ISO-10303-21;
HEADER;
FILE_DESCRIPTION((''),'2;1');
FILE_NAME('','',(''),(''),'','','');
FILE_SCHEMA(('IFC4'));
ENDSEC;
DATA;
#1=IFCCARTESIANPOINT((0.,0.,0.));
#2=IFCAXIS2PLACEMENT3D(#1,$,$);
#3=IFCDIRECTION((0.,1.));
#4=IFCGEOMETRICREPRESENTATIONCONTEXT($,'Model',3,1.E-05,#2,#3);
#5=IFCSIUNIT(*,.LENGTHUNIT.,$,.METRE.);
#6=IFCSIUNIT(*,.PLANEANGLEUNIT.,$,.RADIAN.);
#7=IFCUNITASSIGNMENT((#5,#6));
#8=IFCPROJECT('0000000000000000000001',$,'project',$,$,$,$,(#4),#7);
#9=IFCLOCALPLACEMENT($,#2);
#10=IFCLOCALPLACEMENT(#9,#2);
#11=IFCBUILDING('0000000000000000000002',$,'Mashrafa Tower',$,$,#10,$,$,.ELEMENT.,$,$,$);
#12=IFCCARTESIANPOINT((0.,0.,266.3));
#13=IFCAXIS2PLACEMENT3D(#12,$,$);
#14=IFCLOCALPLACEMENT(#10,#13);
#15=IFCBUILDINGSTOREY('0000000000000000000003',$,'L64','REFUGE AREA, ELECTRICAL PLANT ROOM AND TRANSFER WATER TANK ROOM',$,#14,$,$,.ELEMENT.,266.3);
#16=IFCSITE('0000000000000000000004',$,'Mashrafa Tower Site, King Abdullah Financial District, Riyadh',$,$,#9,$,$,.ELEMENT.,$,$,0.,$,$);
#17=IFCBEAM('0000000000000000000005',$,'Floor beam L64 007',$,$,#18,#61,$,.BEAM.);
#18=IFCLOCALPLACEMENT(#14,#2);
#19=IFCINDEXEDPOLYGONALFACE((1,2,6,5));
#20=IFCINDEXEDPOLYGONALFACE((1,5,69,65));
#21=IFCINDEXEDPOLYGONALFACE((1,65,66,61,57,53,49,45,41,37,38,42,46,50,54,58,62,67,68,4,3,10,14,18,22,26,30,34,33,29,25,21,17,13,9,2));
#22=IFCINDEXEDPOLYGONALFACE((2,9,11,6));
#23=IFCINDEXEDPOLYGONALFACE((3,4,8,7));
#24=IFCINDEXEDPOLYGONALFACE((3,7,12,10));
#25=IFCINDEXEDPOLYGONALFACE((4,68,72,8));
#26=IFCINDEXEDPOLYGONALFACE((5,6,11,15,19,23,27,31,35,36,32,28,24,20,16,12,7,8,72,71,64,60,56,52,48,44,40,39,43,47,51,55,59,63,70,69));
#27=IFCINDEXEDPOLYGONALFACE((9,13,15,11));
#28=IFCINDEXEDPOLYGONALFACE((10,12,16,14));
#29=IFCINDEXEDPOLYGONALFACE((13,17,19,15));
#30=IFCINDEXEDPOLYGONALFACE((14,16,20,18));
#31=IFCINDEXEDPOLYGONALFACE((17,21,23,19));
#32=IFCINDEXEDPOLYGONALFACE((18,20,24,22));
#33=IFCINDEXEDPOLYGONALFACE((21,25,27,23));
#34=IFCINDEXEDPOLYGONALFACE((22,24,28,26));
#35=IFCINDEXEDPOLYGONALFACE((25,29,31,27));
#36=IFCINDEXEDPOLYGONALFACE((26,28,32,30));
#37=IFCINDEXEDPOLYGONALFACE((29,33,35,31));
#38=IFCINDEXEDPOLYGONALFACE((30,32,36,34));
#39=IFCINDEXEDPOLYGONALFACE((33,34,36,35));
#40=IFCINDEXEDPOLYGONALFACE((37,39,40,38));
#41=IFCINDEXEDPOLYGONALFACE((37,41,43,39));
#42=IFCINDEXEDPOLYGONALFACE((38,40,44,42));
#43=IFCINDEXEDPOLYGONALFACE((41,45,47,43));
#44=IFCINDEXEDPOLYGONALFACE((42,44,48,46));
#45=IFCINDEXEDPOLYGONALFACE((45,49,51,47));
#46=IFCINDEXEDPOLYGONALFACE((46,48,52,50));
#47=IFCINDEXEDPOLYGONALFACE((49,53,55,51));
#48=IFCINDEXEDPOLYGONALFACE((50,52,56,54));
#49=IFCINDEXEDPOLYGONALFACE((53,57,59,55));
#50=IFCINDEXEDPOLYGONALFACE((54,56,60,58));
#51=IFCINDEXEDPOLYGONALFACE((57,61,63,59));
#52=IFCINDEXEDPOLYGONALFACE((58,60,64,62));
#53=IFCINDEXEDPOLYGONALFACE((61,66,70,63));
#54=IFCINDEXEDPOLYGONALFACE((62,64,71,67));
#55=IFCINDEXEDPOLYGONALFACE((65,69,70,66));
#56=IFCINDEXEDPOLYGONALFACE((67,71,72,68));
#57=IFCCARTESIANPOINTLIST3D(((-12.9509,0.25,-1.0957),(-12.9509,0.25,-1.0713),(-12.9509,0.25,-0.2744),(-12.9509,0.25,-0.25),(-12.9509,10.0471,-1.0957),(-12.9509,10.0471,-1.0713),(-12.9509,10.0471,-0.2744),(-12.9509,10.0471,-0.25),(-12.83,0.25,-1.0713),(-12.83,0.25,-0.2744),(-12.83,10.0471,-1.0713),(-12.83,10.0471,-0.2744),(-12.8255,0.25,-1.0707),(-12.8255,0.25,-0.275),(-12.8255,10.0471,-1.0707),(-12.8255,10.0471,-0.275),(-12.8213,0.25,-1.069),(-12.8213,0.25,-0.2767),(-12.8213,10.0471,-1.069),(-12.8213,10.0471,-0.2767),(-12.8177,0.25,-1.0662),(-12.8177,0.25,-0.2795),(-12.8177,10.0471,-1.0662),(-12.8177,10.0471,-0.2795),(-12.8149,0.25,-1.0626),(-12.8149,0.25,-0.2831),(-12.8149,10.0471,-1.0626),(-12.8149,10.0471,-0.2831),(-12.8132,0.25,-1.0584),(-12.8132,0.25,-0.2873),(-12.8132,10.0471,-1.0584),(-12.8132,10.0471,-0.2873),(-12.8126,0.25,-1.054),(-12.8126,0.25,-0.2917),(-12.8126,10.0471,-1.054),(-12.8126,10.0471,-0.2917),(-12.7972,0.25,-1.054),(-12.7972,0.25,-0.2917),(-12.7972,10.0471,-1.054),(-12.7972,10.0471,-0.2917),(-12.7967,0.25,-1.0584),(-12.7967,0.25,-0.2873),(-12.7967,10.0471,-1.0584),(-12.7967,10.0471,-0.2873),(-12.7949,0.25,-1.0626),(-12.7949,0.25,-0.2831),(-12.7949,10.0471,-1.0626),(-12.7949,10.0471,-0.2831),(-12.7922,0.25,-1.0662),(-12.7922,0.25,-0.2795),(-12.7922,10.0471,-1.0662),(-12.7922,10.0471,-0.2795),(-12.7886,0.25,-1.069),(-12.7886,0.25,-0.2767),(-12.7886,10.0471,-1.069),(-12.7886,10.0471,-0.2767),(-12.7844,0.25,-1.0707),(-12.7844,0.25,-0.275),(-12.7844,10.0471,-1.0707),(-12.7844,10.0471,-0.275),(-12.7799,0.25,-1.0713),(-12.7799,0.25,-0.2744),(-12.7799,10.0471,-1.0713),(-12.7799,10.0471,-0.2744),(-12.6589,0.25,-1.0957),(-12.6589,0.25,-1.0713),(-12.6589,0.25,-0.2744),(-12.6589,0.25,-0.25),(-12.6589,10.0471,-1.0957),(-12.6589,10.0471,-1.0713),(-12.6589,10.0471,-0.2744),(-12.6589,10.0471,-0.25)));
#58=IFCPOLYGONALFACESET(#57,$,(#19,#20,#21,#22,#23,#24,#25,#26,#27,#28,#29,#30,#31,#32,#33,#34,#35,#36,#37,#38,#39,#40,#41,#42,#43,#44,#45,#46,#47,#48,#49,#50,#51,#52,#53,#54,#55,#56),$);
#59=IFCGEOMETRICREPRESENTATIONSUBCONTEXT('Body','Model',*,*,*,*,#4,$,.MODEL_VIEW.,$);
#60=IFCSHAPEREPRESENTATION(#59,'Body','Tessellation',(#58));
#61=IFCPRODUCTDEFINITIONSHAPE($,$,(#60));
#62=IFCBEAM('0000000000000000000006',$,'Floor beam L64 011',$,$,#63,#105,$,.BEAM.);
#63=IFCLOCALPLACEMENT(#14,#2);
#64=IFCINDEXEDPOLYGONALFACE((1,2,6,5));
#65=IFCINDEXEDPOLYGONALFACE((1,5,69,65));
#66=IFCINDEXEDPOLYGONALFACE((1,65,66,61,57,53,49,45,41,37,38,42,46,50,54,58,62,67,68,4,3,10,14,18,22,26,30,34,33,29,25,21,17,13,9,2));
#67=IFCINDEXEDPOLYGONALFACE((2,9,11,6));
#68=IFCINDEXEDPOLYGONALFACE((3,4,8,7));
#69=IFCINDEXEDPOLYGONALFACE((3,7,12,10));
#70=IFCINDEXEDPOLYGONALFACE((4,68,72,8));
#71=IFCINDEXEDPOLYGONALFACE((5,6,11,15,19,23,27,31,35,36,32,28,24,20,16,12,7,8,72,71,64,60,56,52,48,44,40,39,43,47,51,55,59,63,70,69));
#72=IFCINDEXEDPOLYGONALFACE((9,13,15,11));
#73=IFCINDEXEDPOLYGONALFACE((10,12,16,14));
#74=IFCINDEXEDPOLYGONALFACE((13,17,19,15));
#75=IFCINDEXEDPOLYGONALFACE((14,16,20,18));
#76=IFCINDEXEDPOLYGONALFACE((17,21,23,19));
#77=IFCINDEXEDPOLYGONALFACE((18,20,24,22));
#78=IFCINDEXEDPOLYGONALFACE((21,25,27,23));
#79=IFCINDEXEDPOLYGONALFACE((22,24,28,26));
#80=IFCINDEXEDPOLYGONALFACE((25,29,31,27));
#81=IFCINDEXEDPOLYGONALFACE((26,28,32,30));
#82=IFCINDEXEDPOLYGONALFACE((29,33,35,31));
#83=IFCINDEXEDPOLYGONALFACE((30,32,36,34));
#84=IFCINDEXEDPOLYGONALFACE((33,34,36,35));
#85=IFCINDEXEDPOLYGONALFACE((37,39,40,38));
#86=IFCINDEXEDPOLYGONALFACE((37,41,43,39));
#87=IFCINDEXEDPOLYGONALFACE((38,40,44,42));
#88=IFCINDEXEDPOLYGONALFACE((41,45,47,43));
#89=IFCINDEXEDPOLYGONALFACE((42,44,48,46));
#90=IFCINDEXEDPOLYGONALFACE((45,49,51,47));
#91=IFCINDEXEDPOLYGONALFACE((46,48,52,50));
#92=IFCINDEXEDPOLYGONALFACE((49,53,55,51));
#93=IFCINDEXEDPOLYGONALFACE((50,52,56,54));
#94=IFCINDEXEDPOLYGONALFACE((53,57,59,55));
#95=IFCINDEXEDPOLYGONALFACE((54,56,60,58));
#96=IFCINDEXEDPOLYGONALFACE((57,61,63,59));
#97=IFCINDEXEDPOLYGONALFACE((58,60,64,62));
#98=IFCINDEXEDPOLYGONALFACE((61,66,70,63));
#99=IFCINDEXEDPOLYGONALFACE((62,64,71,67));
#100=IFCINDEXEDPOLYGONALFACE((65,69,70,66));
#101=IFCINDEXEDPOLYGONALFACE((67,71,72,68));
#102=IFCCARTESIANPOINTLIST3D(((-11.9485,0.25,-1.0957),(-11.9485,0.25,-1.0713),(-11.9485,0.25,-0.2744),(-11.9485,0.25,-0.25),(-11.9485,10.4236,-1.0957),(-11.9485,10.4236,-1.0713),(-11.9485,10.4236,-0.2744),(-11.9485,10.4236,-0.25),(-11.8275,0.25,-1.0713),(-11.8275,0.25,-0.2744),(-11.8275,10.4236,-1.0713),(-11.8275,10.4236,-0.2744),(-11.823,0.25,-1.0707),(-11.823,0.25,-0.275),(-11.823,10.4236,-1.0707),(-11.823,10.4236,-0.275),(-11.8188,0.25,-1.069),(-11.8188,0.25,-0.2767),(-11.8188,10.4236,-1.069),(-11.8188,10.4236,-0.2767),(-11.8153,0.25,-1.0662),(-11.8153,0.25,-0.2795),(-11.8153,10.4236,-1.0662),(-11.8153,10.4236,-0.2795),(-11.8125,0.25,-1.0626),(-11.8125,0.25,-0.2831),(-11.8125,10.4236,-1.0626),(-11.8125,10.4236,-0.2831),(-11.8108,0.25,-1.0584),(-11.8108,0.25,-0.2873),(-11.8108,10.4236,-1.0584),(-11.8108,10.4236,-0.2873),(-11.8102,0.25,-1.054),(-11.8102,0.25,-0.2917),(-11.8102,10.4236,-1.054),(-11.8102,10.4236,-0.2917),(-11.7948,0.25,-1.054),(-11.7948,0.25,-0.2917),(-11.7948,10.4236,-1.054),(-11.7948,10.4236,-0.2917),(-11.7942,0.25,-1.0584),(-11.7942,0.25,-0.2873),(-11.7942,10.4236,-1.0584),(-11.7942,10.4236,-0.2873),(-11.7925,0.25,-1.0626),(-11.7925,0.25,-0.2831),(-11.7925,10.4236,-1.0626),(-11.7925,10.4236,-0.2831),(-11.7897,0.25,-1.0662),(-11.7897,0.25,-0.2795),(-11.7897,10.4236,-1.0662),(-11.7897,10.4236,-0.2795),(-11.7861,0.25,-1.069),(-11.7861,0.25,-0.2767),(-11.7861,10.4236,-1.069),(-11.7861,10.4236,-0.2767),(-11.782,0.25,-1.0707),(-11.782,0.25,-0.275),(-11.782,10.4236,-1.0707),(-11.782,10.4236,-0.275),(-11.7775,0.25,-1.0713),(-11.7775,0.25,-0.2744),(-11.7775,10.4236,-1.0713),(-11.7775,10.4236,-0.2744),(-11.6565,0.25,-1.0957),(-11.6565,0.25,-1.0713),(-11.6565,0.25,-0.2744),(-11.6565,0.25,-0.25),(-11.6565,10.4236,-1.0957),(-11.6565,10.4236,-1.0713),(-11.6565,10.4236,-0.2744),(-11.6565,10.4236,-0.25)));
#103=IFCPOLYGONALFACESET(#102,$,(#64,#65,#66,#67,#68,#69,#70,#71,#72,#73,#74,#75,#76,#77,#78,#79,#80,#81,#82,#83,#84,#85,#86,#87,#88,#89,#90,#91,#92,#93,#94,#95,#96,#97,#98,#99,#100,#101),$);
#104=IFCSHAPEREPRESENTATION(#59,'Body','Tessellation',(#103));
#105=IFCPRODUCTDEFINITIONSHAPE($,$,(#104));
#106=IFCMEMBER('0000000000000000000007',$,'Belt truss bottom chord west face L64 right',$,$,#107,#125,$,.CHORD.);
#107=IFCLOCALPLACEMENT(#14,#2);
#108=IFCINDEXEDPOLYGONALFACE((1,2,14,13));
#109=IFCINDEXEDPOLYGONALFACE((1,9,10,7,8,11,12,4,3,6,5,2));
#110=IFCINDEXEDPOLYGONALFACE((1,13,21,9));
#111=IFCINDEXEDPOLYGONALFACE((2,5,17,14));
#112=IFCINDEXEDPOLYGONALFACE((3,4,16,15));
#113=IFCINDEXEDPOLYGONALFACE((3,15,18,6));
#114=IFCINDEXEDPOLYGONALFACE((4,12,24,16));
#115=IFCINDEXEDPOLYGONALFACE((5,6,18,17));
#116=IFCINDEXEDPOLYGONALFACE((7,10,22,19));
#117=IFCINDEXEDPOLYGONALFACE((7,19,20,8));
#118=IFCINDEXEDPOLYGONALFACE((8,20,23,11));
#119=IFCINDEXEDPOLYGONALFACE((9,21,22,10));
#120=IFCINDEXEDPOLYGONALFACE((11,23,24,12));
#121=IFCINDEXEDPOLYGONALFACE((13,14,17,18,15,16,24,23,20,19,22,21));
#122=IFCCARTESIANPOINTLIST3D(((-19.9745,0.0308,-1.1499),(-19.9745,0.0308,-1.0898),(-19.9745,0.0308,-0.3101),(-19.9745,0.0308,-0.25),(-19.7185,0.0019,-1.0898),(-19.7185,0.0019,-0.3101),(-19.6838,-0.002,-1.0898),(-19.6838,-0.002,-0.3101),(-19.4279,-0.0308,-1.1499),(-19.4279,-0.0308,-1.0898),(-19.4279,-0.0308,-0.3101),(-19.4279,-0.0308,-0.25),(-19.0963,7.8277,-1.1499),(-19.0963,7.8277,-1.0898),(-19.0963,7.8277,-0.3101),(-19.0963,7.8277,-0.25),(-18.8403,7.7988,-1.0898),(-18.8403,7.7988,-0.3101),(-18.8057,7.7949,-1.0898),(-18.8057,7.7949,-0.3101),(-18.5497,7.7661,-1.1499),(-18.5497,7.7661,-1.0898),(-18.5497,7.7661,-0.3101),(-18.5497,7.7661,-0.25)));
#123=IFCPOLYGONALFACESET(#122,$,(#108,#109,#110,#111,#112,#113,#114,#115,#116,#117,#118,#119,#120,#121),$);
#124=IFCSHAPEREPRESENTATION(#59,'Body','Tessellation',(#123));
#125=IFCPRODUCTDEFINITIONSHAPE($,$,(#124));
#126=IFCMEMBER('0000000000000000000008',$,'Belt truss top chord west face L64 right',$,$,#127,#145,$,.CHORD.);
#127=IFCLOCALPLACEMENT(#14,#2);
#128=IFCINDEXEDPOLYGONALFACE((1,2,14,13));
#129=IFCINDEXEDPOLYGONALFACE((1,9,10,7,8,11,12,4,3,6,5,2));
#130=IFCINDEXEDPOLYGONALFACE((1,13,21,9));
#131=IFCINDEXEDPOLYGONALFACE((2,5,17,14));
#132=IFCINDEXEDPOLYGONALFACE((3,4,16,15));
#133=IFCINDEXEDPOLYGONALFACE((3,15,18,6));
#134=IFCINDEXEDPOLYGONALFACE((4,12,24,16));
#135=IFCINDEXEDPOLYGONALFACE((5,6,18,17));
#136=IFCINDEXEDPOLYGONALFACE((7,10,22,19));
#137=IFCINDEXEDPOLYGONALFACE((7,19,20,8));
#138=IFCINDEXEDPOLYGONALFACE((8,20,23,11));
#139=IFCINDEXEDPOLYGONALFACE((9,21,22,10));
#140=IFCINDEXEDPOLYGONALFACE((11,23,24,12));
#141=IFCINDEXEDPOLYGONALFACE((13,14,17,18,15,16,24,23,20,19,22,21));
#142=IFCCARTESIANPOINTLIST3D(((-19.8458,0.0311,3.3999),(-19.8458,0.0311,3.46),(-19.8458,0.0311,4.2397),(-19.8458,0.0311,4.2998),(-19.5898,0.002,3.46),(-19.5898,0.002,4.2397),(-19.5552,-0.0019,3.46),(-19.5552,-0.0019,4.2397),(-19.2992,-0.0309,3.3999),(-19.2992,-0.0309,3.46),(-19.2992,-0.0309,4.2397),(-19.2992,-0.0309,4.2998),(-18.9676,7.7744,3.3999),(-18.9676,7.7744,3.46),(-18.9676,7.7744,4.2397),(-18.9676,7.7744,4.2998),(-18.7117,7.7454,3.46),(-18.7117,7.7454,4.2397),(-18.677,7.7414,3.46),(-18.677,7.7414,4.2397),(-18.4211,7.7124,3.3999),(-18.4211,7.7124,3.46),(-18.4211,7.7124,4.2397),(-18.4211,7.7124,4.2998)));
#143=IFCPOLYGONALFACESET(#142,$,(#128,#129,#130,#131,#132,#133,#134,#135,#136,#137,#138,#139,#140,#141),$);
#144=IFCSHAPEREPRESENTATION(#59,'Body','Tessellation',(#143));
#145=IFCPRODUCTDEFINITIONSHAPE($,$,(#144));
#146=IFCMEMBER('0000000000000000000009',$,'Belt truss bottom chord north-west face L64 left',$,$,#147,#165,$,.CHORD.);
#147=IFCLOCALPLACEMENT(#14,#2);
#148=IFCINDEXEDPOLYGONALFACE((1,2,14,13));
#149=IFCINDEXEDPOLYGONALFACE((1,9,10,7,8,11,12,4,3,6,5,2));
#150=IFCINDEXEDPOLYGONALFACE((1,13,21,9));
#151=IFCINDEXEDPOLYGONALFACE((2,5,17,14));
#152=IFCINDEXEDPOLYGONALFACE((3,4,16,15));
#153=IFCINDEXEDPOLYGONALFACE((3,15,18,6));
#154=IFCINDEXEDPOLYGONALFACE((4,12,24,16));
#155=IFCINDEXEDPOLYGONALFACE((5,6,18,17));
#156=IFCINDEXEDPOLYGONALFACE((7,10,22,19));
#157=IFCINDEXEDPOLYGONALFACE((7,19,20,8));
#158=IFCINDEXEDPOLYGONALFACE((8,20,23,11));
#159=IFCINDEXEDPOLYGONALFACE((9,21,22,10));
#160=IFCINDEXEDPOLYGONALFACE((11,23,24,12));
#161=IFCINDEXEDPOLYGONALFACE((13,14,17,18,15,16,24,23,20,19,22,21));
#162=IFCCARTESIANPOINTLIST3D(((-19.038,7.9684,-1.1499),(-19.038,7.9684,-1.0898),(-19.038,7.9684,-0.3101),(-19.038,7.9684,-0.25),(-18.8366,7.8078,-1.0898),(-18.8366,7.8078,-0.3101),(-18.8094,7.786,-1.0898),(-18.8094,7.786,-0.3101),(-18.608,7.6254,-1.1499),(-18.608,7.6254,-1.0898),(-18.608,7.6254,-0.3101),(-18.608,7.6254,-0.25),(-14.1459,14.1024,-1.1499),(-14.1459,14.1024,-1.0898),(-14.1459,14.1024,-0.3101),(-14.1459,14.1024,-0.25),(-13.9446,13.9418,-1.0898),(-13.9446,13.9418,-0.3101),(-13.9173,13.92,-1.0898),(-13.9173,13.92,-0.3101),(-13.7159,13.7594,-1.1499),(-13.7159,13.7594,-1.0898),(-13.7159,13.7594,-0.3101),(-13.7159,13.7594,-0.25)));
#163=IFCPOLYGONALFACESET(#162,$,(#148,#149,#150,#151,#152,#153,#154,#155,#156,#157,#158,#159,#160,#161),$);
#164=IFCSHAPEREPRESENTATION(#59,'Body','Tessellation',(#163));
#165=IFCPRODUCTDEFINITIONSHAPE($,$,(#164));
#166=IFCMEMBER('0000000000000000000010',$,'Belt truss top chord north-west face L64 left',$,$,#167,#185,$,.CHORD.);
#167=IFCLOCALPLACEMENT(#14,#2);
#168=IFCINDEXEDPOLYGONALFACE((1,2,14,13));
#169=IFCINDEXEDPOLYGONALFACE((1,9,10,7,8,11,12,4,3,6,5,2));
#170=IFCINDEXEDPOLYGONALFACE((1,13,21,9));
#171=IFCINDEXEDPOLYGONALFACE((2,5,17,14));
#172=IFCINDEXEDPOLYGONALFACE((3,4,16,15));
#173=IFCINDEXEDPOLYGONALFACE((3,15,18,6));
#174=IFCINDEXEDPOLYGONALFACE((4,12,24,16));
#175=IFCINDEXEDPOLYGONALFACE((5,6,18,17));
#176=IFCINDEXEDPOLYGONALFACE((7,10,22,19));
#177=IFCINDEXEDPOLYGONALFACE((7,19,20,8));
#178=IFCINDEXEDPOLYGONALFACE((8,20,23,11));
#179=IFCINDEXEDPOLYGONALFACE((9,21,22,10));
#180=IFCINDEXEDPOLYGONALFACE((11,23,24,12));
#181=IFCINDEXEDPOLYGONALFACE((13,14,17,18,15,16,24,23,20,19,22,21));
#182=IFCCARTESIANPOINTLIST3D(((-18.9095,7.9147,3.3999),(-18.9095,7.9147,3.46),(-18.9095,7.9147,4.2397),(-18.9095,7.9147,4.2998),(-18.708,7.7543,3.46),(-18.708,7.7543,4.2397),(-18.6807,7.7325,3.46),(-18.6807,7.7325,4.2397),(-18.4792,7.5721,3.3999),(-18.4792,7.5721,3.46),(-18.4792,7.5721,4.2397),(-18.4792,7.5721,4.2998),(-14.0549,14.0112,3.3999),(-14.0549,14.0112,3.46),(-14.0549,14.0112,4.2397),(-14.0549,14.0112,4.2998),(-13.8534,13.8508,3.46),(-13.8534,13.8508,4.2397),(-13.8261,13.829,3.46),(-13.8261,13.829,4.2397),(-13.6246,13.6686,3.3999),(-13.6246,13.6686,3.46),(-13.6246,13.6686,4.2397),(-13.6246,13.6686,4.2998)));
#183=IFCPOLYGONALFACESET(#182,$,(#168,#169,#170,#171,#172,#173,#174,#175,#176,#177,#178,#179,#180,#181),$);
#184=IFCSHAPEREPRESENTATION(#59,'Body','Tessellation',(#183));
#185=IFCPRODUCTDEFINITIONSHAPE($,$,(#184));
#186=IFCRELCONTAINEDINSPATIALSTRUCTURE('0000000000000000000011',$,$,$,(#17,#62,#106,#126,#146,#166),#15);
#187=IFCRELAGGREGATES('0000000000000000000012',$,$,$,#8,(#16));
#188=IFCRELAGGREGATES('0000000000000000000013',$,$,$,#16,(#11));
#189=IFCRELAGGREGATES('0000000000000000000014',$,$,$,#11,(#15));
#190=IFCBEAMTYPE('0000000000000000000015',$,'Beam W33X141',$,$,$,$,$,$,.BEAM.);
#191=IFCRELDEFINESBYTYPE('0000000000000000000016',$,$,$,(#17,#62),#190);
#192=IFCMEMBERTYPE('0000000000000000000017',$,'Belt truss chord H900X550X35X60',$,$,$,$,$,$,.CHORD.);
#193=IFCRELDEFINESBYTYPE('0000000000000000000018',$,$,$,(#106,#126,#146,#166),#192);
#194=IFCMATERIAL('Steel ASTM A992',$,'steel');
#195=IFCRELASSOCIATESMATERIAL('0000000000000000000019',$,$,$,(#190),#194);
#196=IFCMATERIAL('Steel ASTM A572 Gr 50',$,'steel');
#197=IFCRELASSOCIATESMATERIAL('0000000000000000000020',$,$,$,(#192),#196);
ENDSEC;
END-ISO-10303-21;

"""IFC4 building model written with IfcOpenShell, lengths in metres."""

from ifc_helpers import new_model, si_unit, direction, frame, origin, origin_2d, place, context, subcontext, project, spatial, i_section, extrude, source, transform, mapped, material, material_profile, profile_set, type_object, type_shapes, element, save


model = new_model("IFC4")

# Units and contexts
model_context = context("Model", 3, precision=1e-05, world=origin(), true_north=direction((0.0, 1.0)))
body_context = subcontext(model_context, "Body", "Model", "MODEL_VIEW")
ifc_project = project(units=[si_unit("LENGTHUNIT", "METRE"), si_unit("PLANEANGLEUNIT", "RADIAN")], contexts=[model_context])

# Site, building, storey
site_placement = place(None, origin())
site = spatial("IfcSite", under=ifc_project, at=site_placement, Name="Mashrafa Tower Site, King Abdullah Financial District, Riyadh", CompositionType="ELEMENT", RefElevation=0.0)
building_placement = place(site_placement, origin())
building = spatial("IfcBuilding", under=site, at=building_placement, Name="Mashrafa Tower", CompositionType="ELEMENT")
storey_placement = place(building_placement, frame((0.0, 0.0, 266.3)))
storey = spatial("IfcBuildingStorey", under=building, at=storey_placement, Name="L64", Description="REFUGE AREA, ELECTRICAL PLANT ROOM AND TRANSFER WATER TANK ROOM", CompositionType="ELEMENT", Elevation=266.3)

# Beams
ifc_material_1 = material(Name="Steel ASTM A992", Category="steel")
ifc_material_profile_1 = material_profile(ifc_material_1, i_section(OverallWidth=0.292, OverallDepth=0.8457, WebThickness=0.0154, FlangeThickness=0.0244, FilletRadius=0.0173, at=origin_2d()), Name="W33X141")
ifc_profile_set_1 = profile_set([ifc_material_profile_1], Name="Steel ASTM A992")
beam_type_1 = type_object("IfcBeamType", Name="Beam W33X141", PredefinedType="BEAM", material=ifc_profile_set_1)
beam_1_placement = place(storey_placement, frame((-12.8049, 0.25, -0.6729), z_axis=(0.0, 1.0, 0.0), x_axis=(-1.0, 0.0, 0.0)))
element("IfcBeam", 1, at=beam_1_placement, inside=storey, type_object=beam_type_1, Name="Floor beam L64 007", PredefinedType="BEAM", context=body_context, shape_type="SweptSolid", body=[
    extrude(i_section(OverallWidth=0.292, OverallDepth=0.8457, WebThickness=0.0154, FlangeThickness=0.0244, FilletRadius=0.0173, at=origin_2d()), origin(), (0.0, 0.0, 1.0), 9.7971),
])
beam_2_placement = place(storey_placement, frame((-11.8025, 0.25, -0.6729), z_axis=(0.0, 1.0, 0.0), x_axis=(-1.0, 0.0, 0.0)))
element("IfcBeam", 2, at=beam_2_placement, inside=storey, type_object=beam_type_1, Name="Floor beam L64 011", PredefinedType="BEAM", context=body_context, shape_type="SweptSolid", body=[
    extrude(i_section(OverallWidth=0.292, OverallDepth=0.8457, WebThickness=0.0154, FlangeThickness=0.0244, FilletRadius=0.0173, at=origin_2d()), origin(), (0.0, 0.0, 1.0), 10.1736),
])

# Members
ifc_material_2 = material(Name="Steel ASTM A572 Gr 50", Category="steel")
ifc_material_profile_2 = material_profile(ifc_material_2, i_section(OverallWidth=0.55, OverallDepth=0.8999, WebThickness=0.0349, FlangeThickness=0.0601, at=origin_2d()), Name="H900X550X35X60")
ifc_profile_set_2 = profile_set([ifc_material_profile_2], Name="Steel ASTM A572 Gr 50")
member_type_1 = type_object("IfcMemberType", Name="Belt truss chord H900X550X35X60", PredefinedType="CHORD", material=ifc_profile_set_2)
shared_shape_1 = source(origin(), body_context, "Body", "SweptSolid", [
    extrude(i_section(OverallWidth=0.55, OverallDepth=0.8999, WebThickness=0.0349, FlangeThickness=0.0601, at=origin_2d()), origin(), (0.0, 0.0, 1.0), 7.8462),
])
member_1_placement = place(storey_placement, frame((-18.823, 7.7969, -0.7), z_axis=(-0.111924, -0.993717, 0.0), x_axis=(0.993717, -0.111924, 0.0)))
element("IfcMember", 3, at=member_1_placement, inside=storey, type_object=member_type_1, Name="Belt truss bottom chord west face L64 right", PredefinedType="CHORD", context=body_context, shape_type="MappedRepresentation", body=[
    mapped(shared_shape_1, transform((0.0, 0.0, 0.0))),
])
shared_shape_2 = source(origin(), body_context, "Body", "SweptSolid", [
    extrude(i_section(OverallWidth=0.55, OverallDepth=0.8999, WebThickness=0.0349, FlangeThickness=0.0601, at=origin_2d()), origin(), (0.0, 0.0, 1.0), 7.793),
])
member_2_placement = place(storey_placement, frame((-18.6943, 7.7434, 3.8499), z_axis=(-0.112687, -0.993631, 0.0), x_axis=(0.993631, -0.112687, 0.0)))
element("IfcMember", 4, at=member_2_placement, inside=storey, type_object=member_type_1, Name="Belt truss top chord west face L64 right", PredefinedType="CHORD", context=body_context, shape_type="MappedRepresentation", body=[
    mapped(shared_shape_2, transform((0.0, 0.0, 0.0))),
])
shared_shape_3 = source(origin(), body_context, "Body", "SweptSolid", [
    extrude(i_section(OverallWidth=0.55, OverallDepth=0.8999, WebThickness=0.0349, FlangeThickness=0.0601, at=origin_2d()), origin(), (0.0, 0.0, 1.0), 7.8459),
])
member_3_placement = place(storey_placement, frame((-18.823, 7.7969, -0.7), z_axis=(0.623518, 0.781809, 0.0), x_axis=(-0.781809, 0.623518, 0.0)))
element("IfcMember", 5, at=member_3_placement, inside=storey, type_object=member_type_1, Name="Belt truss bottom chord north-west face L64 left", PredefinedType="CHORD", context=body_context, shape_type="MappedRepresentation", body=[
    mapped(shared_shape_3, transform((0.0, 0.0, 0.0))),
])
shared_shape_4 = source(origin(), body_context, "Body", "SweptSolid", [
    extrude(i_section(OverallWidth=0.55, OverallDepth=0.8999, WebThickness=0.0349, FlangeThickness=0.0601, at=origin_2d()), origin(), (0.0, 0.0, 1.0), 7.7932),
])
type_shapes(member_type_1, [shared_shape_1, shared_shape_2, shared_shape_3, shared_shape_4])
member_4_placement = place(storey_placement, frame((-18.6943, 7.7434, 3.8499), z_axis=(0.622921, 0.782285, 0.0), x_axis=(-0.782285, 0.622921, 0.0)))
element("IfcMember", 6, at=member_4_placement, inside=storey, type_object=member_type_1, Name="Belt truss top chord north-west face L64 left", PredefinedType="CHORD", context=body_context, shape_type="MappedRepresentation", body=[
    mapped(shared_shape_4, transform((0.0, 0.0, 0.0))),
])

save(model, "model.ifc")
